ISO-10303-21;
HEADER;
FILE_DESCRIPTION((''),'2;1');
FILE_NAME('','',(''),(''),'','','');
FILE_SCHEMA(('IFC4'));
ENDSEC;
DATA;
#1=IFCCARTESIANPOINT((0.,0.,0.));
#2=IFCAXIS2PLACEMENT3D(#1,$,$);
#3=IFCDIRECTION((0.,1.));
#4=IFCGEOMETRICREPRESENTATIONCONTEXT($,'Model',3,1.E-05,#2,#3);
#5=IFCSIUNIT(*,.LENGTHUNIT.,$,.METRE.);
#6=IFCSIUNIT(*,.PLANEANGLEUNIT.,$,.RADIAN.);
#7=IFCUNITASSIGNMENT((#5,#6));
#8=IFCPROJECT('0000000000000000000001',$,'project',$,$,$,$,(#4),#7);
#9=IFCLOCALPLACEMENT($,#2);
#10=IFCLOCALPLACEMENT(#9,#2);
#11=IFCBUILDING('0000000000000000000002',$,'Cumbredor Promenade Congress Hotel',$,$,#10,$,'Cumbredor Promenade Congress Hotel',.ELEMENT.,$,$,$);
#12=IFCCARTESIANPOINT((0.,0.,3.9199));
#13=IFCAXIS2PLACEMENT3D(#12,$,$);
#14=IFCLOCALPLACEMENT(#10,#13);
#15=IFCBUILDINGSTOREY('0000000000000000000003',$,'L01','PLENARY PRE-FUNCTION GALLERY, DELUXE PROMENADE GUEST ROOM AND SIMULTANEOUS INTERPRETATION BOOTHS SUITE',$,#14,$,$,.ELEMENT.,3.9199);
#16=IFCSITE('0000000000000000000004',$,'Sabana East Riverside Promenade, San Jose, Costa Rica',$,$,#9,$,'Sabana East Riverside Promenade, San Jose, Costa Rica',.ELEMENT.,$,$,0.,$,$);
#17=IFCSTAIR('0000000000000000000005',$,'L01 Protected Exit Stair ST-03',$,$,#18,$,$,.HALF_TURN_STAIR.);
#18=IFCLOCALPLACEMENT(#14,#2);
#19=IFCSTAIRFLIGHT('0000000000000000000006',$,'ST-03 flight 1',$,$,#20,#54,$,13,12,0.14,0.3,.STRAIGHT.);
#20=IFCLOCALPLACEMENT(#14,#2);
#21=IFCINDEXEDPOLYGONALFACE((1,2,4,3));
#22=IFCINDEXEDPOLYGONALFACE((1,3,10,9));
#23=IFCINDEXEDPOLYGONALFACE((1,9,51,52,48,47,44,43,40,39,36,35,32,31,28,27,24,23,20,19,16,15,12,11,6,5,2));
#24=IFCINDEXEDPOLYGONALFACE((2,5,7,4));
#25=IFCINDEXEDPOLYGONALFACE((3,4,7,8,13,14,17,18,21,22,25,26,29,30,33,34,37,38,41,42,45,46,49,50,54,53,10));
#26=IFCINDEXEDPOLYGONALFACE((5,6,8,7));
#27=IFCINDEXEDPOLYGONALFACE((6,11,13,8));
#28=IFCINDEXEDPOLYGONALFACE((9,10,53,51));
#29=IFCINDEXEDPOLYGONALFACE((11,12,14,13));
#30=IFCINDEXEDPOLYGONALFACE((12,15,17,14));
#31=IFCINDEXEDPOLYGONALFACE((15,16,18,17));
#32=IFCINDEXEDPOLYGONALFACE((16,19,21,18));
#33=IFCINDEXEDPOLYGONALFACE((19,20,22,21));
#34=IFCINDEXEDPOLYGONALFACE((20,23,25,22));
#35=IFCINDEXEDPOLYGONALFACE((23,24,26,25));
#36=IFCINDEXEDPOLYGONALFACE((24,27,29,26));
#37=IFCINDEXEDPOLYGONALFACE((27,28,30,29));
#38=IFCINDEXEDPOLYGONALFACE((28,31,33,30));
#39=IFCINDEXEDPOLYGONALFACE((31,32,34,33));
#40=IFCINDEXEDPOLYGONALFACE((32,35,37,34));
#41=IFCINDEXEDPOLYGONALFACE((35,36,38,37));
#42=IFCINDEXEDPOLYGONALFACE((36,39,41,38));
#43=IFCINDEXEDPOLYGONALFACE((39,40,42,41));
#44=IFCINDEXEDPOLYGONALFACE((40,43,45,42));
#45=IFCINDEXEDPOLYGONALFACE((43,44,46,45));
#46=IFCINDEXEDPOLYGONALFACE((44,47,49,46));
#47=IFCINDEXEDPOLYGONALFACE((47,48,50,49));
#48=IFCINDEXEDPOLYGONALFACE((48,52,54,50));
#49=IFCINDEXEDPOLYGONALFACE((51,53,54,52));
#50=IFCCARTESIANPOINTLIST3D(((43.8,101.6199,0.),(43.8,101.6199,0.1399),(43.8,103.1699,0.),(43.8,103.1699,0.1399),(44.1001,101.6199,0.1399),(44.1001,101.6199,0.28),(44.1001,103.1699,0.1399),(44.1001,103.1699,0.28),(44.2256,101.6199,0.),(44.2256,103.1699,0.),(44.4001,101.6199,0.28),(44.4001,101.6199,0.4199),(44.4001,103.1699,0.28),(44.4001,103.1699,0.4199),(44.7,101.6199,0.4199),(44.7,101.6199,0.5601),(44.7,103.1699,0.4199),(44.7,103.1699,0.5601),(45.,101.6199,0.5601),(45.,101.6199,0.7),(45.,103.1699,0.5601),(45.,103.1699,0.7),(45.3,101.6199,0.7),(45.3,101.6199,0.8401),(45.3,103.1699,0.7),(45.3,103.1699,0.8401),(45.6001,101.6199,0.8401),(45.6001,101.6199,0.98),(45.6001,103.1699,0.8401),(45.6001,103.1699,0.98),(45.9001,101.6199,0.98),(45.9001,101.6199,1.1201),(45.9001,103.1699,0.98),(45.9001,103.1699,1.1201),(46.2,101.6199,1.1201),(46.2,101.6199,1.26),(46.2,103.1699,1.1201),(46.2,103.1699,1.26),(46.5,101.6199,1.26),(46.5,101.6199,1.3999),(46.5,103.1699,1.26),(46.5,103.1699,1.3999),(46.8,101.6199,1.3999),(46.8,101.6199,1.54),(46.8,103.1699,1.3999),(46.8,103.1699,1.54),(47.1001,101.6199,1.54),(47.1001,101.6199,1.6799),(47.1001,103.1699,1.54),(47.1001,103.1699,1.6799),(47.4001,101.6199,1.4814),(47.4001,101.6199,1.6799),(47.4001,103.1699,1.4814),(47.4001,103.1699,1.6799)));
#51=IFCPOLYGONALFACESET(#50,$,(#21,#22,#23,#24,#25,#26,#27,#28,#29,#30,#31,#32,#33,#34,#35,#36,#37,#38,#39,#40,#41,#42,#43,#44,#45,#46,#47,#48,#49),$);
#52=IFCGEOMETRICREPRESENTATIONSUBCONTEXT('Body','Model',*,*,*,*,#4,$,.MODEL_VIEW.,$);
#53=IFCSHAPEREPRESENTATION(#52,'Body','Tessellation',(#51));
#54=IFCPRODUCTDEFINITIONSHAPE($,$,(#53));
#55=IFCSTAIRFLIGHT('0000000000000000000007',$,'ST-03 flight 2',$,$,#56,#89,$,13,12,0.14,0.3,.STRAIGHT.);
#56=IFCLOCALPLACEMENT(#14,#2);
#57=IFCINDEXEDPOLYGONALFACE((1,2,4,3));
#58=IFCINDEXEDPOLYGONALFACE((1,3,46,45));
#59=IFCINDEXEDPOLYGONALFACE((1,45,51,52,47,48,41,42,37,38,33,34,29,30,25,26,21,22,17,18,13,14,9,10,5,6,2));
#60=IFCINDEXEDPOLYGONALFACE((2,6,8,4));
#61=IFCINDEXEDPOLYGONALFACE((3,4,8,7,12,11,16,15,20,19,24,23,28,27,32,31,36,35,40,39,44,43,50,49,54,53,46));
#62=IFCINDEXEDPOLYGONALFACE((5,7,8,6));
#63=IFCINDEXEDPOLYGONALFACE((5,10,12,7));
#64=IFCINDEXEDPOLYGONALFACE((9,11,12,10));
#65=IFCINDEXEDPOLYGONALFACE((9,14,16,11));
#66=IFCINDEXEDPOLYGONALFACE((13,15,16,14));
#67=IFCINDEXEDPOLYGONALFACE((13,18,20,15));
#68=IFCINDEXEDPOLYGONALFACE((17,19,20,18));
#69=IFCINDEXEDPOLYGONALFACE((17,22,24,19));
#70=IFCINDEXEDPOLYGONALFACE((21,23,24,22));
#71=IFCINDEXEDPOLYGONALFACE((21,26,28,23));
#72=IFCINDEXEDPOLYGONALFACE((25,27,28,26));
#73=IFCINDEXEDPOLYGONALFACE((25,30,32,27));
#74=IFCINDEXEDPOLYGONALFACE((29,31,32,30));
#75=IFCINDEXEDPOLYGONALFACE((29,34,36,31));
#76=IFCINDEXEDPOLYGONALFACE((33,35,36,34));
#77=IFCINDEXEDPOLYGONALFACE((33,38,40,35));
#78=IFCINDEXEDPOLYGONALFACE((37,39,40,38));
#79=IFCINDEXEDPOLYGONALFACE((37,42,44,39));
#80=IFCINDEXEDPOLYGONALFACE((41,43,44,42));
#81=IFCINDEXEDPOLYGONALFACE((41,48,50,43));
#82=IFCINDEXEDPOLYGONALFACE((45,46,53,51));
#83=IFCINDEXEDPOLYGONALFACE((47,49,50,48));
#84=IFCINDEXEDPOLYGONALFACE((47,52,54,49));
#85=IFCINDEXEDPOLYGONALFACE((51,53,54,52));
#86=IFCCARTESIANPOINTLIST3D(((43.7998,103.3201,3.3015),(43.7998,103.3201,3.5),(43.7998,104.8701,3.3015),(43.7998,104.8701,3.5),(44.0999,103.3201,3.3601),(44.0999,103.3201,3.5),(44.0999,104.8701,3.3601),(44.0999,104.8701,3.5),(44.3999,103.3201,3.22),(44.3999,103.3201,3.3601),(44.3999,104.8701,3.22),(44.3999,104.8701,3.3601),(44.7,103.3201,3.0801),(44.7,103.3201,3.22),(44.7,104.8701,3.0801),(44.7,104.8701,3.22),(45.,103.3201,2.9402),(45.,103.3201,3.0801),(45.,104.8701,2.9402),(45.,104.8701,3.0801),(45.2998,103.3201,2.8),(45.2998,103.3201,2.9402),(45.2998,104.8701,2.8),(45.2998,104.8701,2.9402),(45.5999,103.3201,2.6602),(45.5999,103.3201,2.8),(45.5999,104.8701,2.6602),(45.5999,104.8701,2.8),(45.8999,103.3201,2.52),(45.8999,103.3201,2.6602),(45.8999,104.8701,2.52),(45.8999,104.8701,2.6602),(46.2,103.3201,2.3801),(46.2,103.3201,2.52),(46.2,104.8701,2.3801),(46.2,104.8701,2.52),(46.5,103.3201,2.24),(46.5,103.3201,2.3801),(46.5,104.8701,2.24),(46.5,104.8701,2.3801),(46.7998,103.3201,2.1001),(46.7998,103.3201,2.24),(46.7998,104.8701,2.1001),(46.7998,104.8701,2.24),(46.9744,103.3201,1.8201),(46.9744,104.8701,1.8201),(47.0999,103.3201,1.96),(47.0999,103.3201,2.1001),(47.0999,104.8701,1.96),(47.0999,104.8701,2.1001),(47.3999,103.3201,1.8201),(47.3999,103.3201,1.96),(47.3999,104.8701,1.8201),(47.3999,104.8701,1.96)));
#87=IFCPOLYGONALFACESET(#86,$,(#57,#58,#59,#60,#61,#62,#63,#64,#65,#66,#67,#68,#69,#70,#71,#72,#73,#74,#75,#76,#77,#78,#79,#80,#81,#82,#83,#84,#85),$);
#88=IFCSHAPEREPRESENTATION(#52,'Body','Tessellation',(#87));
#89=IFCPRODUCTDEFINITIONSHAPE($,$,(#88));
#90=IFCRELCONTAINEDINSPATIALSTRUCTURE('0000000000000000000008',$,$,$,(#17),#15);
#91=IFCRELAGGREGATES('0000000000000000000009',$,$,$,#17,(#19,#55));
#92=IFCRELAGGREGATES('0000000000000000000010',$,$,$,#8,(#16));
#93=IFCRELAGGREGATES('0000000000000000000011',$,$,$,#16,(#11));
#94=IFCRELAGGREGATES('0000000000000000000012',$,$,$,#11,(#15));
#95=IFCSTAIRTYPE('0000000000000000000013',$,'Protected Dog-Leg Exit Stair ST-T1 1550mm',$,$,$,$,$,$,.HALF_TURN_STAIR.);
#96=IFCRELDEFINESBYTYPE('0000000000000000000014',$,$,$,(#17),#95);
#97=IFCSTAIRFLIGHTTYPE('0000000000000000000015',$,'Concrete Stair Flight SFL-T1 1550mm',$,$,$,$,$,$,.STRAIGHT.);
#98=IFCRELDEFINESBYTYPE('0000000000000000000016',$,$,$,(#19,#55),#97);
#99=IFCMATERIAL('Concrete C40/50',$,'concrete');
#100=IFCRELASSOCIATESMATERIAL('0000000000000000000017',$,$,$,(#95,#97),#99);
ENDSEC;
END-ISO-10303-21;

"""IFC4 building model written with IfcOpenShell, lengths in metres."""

from ifc_helpers import new_model, si_unit, direction, frame, origin, place, context, subcontext, project, spatial, polyline, outline, extrude, material, type_object, element, aggregate, save


model = new_model("IFC4")

# Units and contexts
model_context = context("Model", 3, precision=1e-05, world=origin(), true_north=direction((0.0, 1.0)))
body_context = subcontext(model_context, "Body", "Model", "MODEL_VIEW")
ifc_project = project(units=[si_unit("LENGTHUNIT", "METRE"), si_unit("PLANEANGLEUNIT", "RADIAN")], contexts=[model_context])

# Site, building, storey
site_placement = place(None, origin())
site = spatial("IfcSite", under=ifc_project, at=site_placement, Name="Sabana East Riverside Promenade, San Jose, Costa Rica", LongName="Sabana East Riverside Promenade, San Jose, Costa Rica", CompositionType="ELEMENT", RefElevation=0.0)
building_placement = place(site_placement, origin())
building = spatial("IfcBuilding", under=site, at=building_placement, Name="Cumbredor Promenade Congress Hotel", LongName="Cumbredor Promenade Congress Hotel", CompositionType="ELEMENT")
storey_placement = place(building_placement, frame((0.0, 0.0, 3.9199)))
storey = spatial("IfcBuildingStorey", under=building, at=storey_placement, Name="L01", Description="PLENARY PRE-FUNCTION GALLERY, DELUXE PROMENADE GUEST ROOM AND SIMULTANEOUS INTERPRETATION BOOTHS SUITE", CompositionType="ELEMENT", Elevation=3.9199)

# Shared definitions
ifc_material_1 = material(Name="Concrete C40/50", Category="concrete")

# Stair, stair flights
stair_type = type_object("IfcStairType", Name="Protected Dog-Leg Exit Stair ST-T1 1550mm", PredefinedType="HALF_TURN_STAIR", material=ifc_material_1)
stair_placement = place(storey_placement, origin())
stair = element("IfcStair", 1, at=stair_placement, inside=storey, type_object=stair_type, Name="L01 Protected Exit Stair ST-03", PredefinedType="HALF_TURN_STAIR")
stair_flight_type = type_object("IfcStairFlightType", Name="Concrete Stair Flight SFL-T1 1550mm", PredefinedType="STRAIGHT", material=ifc_material_1)
stair_flight_1_placement = place(storey_placement, frame((43.8, 102.395, 0.0), z_axis=(0.0, 0.0, 1.0), x_axis=(1.0, 0.0, 0.0)))
stair_flight_1 = element("IfcStairFlight", 2, at=stair_flight_1_placement, type_object=stair_flight_type, Name="ST-03 flight 1", NumberOfRisers=13, NumberOfTreads=12, PredefinedType="STRAIGHT", RiserHeight=0.14, TreadLength=0.3, context=body_context, shape_type="SweptSolid", body=[
    extrude(outline(polyline([(0.0, 0.0), (0.0, 0.1399), (0.3, 0.1399), (0.3, 0.28), (0.6001, 0.28), (0.6001, 0.4199), (0.8999, 0.4199), (0.8999, 0.5601), (1.2, 0.5601), (1.2, 0.7), (1.5, 0.7), (1.5, 0.8401), (1.8, 0.8401), (1.8, 0.98), (2.1001, 0.98), (2.1001, 1.1201), (2.3999, 1.1201), (2.3999, 1.26), (2.7, 1.26), (2.7, 1.3999), (3.0, 1.3999), (3.0, 1.54), (3.3, 1.54), (3.3, 1.6799), (3.6001, 1.6799), (3.6001, 1.8201), (3.6001, 1.4814), (0.4255, 0.0), (0.0, 0.0)])), frame((0.0, 0.7749, 0.0), z_axis=(0.0, -1.0, 0.0), x_axis=(1.0, 0.0, 0.0)), (0.0, 0.0, 1.0), 1.55),
])
stair_flight_2_placement = place(storey_placement, frame((47.3999, 104.095, 1.8201), z_axis=(0.0, 0.0, 1.0), x_axis=(-1.0, 0.0, 0.0)))
stair_flight_2 = element("IfcStairFlight", 3, at=stair_flight_2_placement, type_object=stair_flight_type, Name="ST-03 flight 2", NumberOfRisers=13, NumberOfTreads=12, PredefinedType="STRAIGHT", RiserHeight=0.14, TreadLength=0.3, context=body_context, shape_type="SweptSolid", body=[
    extrude(outline(polyline([(0.0, 0.0), (0.0, 0.1399), (0.3, 0.1399), (0.3, 0.28), (0.6001, 0.28), (0.6001, 0.4199), (0.8999, 0.4199), (0.8999, 0.5601), (1.2, 0.5601), (1.2, 0.7), (1.5, 0.7), (1.5, 0.8401), (1.8, 0.8401), (1.8, 0.98), (2.1001, 0.98), (2.1001, 1.1201), (2.3999, 1.1201), (2.3999, 1.26), (2.7, 1.26), (2.7, 1.3999), (3.0, 1.3999), (3.0, 1.54), (3.3, 1.54), (3.3, 1.6799), (3.6001, 1.6799), (3.6001, 1.8201), (3.6001, 1.4814), (0.4255, 0.0), (0.0, 0.0)])), frame((0.0, 0.7749, 0.0), z_axis=(0.0, -1.0, 0.0), x_axis=(1.0, 0.0, 0.0)), (0.0, 0.0, 1.0), 1.55),
])
aggregate(stair, [stair_flight_1, stair_flight_2])

save(model, "model.ifc")
